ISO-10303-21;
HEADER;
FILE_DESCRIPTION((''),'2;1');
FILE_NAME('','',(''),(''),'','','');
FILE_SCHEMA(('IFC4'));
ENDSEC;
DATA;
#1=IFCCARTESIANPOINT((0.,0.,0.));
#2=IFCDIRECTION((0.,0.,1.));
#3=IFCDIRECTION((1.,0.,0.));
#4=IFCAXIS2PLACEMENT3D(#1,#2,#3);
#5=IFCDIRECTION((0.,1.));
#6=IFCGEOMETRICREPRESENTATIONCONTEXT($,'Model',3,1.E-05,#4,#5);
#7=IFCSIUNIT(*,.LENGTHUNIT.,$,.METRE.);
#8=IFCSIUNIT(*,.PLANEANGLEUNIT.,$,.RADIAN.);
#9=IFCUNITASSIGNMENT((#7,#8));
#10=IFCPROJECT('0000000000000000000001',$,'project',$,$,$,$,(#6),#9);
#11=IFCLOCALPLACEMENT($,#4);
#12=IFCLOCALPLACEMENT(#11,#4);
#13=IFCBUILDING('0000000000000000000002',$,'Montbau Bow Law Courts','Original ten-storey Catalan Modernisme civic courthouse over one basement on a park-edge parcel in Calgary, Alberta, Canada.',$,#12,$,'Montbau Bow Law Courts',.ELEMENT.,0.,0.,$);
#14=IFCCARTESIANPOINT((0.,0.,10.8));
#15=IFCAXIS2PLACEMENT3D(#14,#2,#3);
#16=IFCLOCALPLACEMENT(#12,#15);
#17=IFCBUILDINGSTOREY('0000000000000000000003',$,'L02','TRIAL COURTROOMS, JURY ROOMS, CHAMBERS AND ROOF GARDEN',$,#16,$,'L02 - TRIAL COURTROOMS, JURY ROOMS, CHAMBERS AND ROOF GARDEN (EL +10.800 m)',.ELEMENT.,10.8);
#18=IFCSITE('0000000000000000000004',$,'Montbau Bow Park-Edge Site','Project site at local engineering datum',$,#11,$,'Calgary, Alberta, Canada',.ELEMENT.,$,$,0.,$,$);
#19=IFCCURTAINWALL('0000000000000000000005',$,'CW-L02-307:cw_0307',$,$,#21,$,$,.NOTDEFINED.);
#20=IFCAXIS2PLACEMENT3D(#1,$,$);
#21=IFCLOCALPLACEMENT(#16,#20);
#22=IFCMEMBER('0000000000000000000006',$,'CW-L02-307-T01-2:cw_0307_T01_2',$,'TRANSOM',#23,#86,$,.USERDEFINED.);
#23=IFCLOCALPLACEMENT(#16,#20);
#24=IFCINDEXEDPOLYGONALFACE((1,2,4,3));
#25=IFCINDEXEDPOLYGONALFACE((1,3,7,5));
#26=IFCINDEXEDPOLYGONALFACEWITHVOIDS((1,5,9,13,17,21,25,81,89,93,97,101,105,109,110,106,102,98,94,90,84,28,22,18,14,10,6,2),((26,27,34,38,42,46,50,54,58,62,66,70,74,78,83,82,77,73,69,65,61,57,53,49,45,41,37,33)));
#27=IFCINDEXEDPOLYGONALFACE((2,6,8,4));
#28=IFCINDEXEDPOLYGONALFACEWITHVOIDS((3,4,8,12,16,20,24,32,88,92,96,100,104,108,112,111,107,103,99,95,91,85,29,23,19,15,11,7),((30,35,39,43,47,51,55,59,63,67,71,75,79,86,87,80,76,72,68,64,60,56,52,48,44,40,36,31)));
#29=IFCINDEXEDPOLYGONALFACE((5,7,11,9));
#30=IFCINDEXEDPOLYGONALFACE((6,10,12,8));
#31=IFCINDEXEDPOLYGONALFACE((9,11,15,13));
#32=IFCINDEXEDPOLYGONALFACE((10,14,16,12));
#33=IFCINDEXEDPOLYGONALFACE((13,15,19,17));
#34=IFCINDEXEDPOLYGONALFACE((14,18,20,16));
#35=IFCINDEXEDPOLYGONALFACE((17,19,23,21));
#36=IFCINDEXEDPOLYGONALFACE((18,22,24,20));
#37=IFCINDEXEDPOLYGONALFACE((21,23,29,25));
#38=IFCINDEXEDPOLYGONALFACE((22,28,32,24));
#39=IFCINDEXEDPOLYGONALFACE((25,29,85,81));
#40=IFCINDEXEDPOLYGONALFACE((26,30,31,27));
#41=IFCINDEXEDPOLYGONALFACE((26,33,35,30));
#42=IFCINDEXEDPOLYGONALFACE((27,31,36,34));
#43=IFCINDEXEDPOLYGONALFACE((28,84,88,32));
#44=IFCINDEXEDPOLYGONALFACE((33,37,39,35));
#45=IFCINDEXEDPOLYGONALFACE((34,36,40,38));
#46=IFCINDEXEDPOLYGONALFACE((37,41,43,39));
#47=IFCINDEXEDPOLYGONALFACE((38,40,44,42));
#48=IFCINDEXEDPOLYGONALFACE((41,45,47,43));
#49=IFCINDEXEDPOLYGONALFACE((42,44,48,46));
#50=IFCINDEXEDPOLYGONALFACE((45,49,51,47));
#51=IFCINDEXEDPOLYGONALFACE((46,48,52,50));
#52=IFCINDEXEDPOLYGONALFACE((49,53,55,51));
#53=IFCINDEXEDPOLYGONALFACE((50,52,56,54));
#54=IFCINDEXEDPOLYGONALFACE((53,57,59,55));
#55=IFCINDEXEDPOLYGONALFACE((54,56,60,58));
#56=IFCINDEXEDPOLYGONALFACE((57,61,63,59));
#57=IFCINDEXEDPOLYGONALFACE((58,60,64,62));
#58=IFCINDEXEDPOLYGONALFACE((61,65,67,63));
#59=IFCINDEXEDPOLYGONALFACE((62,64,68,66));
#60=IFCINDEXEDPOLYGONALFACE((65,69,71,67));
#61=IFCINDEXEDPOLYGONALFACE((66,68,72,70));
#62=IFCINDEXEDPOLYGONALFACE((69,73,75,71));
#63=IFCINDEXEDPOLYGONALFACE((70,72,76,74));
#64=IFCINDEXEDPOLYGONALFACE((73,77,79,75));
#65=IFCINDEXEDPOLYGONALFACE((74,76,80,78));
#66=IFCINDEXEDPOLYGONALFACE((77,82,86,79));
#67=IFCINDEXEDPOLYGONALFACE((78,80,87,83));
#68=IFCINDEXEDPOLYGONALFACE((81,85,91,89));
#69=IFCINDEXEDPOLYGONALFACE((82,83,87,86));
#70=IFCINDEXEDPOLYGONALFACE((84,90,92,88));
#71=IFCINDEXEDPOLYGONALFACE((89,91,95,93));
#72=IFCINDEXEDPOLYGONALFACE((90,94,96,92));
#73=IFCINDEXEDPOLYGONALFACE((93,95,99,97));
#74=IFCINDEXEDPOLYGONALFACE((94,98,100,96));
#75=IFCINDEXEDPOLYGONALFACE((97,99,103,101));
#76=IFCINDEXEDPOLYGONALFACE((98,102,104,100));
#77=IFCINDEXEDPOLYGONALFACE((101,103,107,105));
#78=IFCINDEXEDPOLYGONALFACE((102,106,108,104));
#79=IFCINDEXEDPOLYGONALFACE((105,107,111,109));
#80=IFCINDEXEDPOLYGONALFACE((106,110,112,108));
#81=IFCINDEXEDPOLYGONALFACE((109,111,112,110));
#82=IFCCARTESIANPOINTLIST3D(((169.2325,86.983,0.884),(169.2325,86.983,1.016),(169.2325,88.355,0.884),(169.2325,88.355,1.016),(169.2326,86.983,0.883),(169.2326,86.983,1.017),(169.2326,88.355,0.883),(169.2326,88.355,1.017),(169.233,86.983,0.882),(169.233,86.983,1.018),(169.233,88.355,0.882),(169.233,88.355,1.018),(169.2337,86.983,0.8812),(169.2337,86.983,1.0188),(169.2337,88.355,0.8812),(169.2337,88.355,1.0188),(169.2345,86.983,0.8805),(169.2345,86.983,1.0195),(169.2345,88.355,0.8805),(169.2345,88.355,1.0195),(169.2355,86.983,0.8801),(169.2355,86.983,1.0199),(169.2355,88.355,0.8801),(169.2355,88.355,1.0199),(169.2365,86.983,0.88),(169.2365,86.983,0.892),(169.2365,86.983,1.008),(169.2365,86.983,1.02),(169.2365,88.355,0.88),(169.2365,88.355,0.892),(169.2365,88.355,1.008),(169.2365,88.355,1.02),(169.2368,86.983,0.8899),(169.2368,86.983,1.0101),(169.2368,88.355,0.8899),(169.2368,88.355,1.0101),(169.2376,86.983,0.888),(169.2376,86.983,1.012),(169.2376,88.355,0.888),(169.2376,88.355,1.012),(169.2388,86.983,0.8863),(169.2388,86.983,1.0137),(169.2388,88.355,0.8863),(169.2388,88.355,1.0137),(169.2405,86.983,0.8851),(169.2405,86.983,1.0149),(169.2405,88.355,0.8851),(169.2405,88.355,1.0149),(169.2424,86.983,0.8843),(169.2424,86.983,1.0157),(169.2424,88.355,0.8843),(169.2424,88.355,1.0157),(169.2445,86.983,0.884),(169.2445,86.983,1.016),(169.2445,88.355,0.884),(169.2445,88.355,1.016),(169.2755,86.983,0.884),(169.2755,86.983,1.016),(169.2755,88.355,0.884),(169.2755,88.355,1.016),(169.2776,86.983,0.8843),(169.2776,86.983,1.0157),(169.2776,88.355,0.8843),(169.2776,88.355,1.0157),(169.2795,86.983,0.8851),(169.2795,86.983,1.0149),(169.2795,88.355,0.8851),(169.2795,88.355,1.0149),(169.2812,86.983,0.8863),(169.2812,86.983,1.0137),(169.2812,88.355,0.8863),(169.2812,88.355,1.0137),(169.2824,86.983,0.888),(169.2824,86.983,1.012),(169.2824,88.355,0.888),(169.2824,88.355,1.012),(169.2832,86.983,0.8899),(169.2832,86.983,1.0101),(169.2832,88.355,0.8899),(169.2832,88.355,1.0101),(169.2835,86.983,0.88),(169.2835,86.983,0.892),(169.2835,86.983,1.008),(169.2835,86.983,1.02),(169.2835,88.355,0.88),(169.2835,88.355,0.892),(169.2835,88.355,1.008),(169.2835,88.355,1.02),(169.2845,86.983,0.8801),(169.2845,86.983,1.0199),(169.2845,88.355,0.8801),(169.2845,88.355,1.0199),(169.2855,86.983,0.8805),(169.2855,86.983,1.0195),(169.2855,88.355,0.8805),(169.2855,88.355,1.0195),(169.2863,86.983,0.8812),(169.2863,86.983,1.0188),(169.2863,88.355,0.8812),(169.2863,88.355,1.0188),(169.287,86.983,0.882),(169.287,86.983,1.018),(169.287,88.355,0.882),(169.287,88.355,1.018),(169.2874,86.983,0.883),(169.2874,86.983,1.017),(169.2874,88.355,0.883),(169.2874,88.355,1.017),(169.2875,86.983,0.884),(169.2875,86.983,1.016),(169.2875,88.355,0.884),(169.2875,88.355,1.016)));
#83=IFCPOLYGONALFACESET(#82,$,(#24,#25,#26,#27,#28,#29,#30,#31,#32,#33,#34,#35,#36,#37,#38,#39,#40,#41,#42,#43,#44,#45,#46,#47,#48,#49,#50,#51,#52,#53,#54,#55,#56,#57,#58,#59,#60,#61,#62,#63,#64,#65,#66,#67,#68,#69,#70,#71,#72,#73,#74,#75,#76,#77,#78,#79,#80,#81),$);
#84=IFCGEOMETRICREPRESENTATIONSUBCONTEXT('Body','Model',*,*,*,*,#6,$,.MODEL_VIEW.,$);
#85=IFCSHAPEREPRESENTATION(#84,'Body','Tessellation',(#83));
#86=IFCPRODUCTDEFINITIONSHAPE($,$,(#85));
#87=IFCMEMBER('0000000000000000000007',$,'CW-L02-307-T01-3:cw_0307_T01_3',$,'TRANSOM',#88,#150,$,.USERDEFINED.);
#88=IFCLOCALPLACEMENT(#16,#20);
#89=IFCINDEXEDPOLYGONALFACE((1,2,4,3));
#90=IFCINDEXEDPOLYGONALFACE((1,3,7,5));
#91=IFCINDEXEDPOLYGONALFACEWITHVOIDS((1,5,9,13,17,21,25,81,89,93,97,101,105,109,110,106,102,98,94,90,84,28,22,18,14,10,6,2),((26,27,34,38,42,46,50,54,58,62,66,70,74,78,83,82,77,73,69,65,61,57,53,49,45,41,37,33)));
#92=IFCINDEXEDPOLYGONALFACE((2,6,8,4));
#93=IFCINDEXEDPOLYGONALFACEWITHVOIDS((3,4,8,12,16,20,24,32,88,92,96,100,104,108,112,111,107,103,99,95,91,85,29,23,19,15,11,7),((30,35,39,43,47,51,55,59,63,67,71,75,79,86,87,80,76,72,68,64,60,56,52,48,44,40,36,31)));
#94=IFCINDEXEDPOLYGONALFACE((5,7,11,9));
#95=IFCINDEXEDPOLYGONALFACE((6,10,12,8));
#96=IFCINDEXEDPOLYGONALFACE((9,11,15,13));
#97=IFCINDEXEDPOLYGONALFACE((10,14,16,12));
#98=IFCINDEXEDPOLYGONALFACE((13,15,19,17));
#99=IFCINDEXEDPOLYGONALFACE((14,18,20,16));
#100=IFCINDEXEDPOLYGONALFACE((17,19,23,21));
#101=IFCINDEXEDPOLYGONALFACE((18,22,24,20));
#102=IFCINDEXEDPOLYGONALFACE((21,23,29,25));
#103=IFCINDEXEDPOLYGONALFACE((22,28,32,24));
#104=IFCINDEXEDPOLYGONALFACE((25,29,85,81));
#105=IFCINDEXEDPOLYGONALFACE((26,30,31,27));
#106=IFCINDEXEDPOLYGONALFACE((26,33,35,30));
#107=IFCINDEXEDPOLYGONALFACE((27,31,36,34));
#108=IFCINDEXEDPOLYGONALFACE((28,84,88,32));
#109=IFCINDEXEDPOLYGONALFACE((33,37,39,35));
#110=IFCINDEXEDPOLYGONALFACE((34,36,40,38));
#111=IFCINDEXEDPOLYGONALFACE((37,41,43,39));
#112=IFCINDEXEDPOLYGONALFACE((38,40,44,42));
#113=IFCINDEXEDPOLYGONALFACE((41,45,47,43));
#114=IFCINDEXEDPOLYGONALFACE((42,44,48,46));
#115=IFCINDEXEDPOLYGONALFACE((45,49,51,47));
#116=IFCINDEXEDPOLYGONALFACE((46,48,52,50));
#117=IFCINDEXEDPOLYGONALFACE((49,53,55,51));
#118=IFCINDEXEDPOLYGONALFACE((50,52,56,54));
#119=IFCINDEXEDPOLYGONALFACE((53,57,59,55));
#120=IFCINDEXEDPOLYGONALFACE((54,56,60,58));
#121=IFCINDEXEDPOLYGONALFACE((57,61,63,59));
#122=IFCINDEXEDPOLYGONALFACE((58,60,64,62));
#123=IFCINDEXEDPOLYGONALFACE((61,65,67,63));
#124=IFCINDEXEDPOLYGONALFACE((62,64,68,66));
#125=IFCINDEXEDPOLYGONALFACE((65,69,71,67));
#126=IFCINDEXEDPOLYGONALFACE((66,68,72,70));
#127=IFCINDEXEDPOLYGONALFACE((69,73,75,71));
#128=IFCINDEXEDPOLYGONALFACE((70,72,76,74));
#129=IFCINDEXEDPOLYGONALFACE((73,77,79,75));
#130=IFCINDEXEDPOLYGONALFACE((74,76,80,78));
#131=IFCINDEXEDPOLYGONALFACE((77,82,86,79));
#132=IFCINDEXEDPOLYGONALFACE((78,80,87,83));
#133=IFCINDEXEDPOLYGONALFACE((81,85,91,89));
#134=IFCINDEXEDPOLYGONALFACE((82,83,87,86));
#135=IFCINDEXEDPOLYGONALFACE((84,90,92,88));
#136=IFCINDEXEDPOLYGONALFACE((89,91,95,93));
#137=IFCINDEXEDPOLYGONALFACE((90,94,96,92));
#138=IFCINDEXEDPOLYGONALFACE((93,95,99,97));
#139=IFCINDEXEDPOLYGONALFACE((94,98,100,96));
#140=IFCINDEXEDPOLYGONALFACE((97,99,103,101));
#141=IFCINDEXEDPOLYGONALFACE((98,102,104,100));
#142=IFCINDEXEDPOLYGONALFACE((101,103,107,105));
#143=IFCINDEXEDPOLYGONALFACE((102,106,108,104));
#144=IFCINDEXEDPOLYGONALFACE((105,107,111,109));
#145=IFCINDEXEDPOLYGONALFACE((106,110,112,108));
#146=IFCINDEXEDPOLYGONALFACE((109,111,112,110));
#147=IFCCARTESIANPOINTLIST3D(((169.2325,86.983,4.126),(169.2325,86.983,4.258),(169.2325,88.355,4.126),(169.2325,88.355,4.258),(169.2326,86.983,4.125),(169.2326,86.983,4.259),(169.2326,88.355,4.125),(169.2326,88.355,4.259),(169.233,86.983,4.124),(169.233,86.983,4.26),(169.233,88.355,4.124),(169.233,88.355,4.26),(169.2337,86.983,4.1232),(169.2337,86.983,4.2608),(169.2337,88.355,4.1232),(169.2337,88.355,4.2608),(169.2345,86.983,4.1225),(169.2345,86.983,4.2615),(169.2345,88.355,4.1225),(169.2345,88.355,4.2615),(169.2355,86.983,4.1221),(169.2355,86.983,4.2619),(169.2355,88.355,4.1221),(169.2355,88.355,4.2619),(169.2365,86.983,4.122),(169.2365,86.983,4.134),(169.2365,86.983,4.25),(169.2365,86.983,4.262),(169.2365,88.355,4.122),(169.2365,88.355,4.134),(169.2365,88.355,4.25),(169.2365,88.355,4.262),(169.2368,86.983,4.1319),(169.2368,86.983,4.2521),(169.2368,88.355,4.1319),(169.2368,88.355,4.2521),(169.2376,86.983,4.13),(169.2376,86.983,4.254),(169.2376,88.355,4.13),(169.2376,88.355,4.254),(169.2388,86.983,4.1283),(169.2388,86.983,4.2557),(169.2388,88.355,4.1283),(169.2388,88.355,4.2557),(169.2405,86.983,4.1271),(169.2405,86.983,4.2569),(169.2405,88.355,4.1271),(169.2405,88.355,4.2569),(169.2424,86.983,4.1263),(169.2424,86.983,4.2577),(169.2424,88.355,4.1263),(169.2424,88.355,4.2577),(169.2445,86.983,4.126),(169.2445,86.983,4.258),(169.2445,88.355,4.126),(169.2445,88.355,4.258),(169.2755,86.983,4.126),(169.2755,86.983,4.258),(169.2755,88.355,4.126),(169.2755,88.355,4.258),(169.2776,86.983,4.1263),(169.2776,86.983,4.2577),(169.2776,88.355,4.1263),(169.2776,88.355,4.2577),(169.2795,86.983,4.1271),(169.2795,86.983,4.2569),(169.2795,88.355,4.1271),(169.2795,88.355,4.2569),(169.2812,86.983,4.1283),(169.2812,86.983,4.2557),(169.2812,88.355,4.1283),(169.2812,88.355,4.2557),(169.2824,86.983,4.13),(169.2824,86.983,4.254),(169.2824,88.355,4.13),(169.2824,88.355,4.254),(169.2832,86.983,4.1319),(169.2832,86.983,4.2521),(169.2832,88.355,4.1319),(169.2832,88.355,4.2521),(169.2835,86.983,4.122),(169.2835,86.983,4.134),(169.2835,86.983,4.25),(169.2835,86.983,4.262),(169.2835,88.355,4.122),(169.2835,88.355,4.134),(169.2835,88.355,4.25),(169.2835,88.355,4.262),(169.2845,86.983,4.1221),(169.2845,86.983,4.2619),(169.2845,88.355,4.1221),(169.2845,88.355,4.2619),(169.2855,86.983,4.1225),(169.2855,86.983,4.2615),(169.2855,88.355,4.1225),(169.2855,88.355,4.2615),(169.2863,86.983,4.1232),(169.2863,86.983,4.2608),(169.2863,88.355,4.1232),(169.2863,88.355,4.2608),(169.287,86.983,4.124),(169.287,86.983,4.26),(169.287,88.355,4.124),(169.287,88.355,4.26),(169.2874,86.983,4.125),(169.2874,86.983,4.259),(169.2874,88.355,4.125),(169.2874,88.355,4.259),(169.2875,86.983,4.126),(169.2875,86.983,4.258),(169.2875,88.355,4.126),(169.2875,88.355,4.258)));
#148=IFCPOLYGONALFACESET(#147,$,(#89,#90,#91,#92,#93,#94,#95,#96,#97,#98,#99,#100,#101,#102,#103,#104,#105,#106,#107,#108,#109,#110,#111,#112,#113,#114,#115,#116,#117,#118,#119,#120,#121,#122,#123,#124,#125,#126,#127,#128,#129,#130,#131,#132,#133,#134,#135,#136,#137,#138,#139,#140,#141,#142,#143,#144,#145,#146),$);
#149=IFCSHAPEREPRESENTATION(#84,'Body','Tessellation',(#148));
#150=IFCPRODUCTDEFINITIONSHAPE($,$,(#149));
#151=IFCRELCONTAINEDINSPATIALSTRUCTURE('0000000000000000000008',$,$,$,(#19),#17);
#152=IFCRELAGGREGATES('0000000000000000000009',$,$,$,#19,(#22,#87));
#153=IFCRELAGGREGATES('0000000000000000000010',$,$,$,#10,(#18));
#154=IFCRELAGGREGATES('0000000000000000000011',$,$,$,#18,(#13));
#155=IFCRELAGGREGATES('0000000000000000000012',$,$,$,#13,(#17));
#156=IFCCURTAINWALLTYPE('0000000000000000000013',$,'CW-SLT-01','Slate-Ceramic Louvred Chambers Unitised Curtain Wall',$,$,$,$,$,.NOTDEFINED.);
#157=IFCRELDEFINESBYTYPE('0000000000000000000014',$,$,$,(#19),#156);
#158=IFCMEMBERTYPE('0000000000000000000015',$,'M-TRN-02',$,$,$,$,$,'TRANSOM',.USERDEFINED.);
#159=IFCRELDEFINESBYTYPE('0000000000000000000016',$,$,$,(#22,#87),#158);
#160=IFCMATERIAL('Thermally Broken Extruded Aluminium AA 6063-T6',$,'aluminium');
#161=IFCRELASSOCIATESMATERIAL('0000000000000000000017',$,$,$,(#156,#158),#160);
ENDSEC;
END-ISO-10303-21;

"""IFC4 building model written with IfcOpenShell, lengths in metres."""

from ifc_helpers import new_model, si_unit, direction, frame, origin_with_axes, origin_2d_with_axis, place, context, subcontext, project, spatial, hollow_rectangle, extrude, material, material_profile, profile_set, type_object, element, aggregate, save


model = new_model("IFC4")

# Units and contexts
model_context = context("Model", 3, precision=1e-05, world=origin_with_axes(), true_north=direction((0.0, 1.0)))
body_context = subcontext(model_context, "Body", "Model", "MODEL_VIEW")
ifc_project = project(units=[si_unit("LENGTHUNIT", "METRE"), si_unit("PLANEANGLEUNIT", "RADIAN")], contexts=[model_context])

# Site, building, storey
site_placement = place(None, origin_with_axes())
site = spatial("IfcSite", under=ifc_project, at=site_placement, Name="Montbau Bow Park-Edge Site", Description="Project site at local engineering datum", LongName="Calgary, Alberta, Canada", CompositionType="ELEMENT", RefElevation=0.0)
building_placement = place(site_placement, origin_with_axes())
building = spatial("IfcBuilding", under=site, at=building_placement, Name="Montbau Bow Law Courts", Description="Original ten-storey Catalan Modernisme civic courthouse over one basement on a park-edge parcel in Calgary, Alberta, Canada.", LongName="Montbau Bow Law Courts", CompositionType="ELEMENT", ElevationOfRefHeight=0.0, ElevationOfTerrain=0.0)
storey_placement = place(building_placement, frame((0.0, 0.0, 10.8), z_axis=(0.0, 0.0, 1.0), x_axis=(1.0, 0.0, 0.0)))
storey = spatial("IfcBuildingStorey", under=building, at=storey_placement, Name="L02", Description="TRIAL COURTROOMS, JURY ROOMS, CHAMBERS AND ROOF GARDEN", LongName="L02 - TRIAL COURTROOMS, JURY ROOMS, CHAMBERS AND ROOF GARDEN (EL +10.800 m)", CompositionType="ELEMENT", Elevation=10.8)

# Shared definitions
ifc_material_1 = material(Name="Thermally Broken Extruded Aluminium AA 6063-T6", Category="aluminium")
curtain_wall_type = type_object("IfcCurtainWallType", Name="CW-SLT-01", Description="Slate-Ceramic Louvred Chambers Unitised Curtain Wall", PredefinedType="NOTDEFINED", material=ifc_material_1)

# Curtain wall
curtain_wall_1_placement = place(None, frame((169.26, 86.915, 10.8), z_axis=(0.0, 0.0, 1.0), x_axis=(1.0, 0.0, 0.0)))
curtain_wall_1 = element("IfcCurtainWall", 1, at=curtain_wall_1_placement, inside=storey, type_object=curtain_wall_type, Name="CW-L02-307:cw_0307", PredefinedType="NOTDEFINED")

# Members
ifc_material_profile_1 = material_profile(ifc_material_1, hollow_rectangle(XDim=0.055, YDim=0.14, WallThickness=0.004, InnerFilletRadius=0.008, OuterFilletRadius=0.004, at=origin_2d_with_axis()), Name="CWT-140X55", Category="Main", Priority=0)
ifc_profile_set_1 = profile_set([ifc_material_profile_1], Name="Thermally Broken Extruded Aluminium AA 6063-T6")
member_type_1 = type_object("IfcMemberType", Name="M-TRN-02", ElementType="TRANSOM", PredefinedType="USERDEFINED", material=ifc_profile_set_1)
member_1_placement = place(None, frame((169.26, 86.983, 11.75), z_axis=(0.0, 1.0, 0.0), x_axis=(-1.0, 0.0, 0.0)))
member_1 = element("IfcMember", 2, at=member_1_placement, type_object=member_type_1, Name="CW-L02-307-T01-2:cw_0307_T01_2", ObjectType="TRANSOM", PredefinedType="USERDEFINED", context=body_context, shape_type="SweptSolid", body=[
    extrude(hollow_rectangle(XDim=0.055, YDim=0.14, WallThickness=0.004, InnerFilletRadius=0.008, OuterFilletRadius=0.004, at=origin_2d_with_axis()), origin_with_axes(), (0.0, 0.0, 1.0), 1.372),
])
member_2_placement = place(None, frame((169.26, 86.983, 14.992), z_axis=(0.0, 1.0, 0.0), x_axis=(-1.0, 0.0, 0.0)))
member_2 = element("IfcMember", 3, at=member_2_placement, type_object=member_type_1, Name="CW-L02-307-T01-3:cw_0307_T01_3", ObjectType="TRANSOM", PredefinedType="USERDEFINED", context=body_context, shape_type="SweptSolid", body=[
    extrude(hollow_rectangle(XDim=0.055, YDim=0.14, WallThickness=0.004, InnerFilletRadius=0.008, OuterFilletRadius=0.004, at=origin_2d_with_axis()), origin_with_axes(), (0.0, 0.0, 1.0), 1.372),
])

aggregate(curtain_wall_1, [member_1, member_2])

save(model, "model.ifc")
